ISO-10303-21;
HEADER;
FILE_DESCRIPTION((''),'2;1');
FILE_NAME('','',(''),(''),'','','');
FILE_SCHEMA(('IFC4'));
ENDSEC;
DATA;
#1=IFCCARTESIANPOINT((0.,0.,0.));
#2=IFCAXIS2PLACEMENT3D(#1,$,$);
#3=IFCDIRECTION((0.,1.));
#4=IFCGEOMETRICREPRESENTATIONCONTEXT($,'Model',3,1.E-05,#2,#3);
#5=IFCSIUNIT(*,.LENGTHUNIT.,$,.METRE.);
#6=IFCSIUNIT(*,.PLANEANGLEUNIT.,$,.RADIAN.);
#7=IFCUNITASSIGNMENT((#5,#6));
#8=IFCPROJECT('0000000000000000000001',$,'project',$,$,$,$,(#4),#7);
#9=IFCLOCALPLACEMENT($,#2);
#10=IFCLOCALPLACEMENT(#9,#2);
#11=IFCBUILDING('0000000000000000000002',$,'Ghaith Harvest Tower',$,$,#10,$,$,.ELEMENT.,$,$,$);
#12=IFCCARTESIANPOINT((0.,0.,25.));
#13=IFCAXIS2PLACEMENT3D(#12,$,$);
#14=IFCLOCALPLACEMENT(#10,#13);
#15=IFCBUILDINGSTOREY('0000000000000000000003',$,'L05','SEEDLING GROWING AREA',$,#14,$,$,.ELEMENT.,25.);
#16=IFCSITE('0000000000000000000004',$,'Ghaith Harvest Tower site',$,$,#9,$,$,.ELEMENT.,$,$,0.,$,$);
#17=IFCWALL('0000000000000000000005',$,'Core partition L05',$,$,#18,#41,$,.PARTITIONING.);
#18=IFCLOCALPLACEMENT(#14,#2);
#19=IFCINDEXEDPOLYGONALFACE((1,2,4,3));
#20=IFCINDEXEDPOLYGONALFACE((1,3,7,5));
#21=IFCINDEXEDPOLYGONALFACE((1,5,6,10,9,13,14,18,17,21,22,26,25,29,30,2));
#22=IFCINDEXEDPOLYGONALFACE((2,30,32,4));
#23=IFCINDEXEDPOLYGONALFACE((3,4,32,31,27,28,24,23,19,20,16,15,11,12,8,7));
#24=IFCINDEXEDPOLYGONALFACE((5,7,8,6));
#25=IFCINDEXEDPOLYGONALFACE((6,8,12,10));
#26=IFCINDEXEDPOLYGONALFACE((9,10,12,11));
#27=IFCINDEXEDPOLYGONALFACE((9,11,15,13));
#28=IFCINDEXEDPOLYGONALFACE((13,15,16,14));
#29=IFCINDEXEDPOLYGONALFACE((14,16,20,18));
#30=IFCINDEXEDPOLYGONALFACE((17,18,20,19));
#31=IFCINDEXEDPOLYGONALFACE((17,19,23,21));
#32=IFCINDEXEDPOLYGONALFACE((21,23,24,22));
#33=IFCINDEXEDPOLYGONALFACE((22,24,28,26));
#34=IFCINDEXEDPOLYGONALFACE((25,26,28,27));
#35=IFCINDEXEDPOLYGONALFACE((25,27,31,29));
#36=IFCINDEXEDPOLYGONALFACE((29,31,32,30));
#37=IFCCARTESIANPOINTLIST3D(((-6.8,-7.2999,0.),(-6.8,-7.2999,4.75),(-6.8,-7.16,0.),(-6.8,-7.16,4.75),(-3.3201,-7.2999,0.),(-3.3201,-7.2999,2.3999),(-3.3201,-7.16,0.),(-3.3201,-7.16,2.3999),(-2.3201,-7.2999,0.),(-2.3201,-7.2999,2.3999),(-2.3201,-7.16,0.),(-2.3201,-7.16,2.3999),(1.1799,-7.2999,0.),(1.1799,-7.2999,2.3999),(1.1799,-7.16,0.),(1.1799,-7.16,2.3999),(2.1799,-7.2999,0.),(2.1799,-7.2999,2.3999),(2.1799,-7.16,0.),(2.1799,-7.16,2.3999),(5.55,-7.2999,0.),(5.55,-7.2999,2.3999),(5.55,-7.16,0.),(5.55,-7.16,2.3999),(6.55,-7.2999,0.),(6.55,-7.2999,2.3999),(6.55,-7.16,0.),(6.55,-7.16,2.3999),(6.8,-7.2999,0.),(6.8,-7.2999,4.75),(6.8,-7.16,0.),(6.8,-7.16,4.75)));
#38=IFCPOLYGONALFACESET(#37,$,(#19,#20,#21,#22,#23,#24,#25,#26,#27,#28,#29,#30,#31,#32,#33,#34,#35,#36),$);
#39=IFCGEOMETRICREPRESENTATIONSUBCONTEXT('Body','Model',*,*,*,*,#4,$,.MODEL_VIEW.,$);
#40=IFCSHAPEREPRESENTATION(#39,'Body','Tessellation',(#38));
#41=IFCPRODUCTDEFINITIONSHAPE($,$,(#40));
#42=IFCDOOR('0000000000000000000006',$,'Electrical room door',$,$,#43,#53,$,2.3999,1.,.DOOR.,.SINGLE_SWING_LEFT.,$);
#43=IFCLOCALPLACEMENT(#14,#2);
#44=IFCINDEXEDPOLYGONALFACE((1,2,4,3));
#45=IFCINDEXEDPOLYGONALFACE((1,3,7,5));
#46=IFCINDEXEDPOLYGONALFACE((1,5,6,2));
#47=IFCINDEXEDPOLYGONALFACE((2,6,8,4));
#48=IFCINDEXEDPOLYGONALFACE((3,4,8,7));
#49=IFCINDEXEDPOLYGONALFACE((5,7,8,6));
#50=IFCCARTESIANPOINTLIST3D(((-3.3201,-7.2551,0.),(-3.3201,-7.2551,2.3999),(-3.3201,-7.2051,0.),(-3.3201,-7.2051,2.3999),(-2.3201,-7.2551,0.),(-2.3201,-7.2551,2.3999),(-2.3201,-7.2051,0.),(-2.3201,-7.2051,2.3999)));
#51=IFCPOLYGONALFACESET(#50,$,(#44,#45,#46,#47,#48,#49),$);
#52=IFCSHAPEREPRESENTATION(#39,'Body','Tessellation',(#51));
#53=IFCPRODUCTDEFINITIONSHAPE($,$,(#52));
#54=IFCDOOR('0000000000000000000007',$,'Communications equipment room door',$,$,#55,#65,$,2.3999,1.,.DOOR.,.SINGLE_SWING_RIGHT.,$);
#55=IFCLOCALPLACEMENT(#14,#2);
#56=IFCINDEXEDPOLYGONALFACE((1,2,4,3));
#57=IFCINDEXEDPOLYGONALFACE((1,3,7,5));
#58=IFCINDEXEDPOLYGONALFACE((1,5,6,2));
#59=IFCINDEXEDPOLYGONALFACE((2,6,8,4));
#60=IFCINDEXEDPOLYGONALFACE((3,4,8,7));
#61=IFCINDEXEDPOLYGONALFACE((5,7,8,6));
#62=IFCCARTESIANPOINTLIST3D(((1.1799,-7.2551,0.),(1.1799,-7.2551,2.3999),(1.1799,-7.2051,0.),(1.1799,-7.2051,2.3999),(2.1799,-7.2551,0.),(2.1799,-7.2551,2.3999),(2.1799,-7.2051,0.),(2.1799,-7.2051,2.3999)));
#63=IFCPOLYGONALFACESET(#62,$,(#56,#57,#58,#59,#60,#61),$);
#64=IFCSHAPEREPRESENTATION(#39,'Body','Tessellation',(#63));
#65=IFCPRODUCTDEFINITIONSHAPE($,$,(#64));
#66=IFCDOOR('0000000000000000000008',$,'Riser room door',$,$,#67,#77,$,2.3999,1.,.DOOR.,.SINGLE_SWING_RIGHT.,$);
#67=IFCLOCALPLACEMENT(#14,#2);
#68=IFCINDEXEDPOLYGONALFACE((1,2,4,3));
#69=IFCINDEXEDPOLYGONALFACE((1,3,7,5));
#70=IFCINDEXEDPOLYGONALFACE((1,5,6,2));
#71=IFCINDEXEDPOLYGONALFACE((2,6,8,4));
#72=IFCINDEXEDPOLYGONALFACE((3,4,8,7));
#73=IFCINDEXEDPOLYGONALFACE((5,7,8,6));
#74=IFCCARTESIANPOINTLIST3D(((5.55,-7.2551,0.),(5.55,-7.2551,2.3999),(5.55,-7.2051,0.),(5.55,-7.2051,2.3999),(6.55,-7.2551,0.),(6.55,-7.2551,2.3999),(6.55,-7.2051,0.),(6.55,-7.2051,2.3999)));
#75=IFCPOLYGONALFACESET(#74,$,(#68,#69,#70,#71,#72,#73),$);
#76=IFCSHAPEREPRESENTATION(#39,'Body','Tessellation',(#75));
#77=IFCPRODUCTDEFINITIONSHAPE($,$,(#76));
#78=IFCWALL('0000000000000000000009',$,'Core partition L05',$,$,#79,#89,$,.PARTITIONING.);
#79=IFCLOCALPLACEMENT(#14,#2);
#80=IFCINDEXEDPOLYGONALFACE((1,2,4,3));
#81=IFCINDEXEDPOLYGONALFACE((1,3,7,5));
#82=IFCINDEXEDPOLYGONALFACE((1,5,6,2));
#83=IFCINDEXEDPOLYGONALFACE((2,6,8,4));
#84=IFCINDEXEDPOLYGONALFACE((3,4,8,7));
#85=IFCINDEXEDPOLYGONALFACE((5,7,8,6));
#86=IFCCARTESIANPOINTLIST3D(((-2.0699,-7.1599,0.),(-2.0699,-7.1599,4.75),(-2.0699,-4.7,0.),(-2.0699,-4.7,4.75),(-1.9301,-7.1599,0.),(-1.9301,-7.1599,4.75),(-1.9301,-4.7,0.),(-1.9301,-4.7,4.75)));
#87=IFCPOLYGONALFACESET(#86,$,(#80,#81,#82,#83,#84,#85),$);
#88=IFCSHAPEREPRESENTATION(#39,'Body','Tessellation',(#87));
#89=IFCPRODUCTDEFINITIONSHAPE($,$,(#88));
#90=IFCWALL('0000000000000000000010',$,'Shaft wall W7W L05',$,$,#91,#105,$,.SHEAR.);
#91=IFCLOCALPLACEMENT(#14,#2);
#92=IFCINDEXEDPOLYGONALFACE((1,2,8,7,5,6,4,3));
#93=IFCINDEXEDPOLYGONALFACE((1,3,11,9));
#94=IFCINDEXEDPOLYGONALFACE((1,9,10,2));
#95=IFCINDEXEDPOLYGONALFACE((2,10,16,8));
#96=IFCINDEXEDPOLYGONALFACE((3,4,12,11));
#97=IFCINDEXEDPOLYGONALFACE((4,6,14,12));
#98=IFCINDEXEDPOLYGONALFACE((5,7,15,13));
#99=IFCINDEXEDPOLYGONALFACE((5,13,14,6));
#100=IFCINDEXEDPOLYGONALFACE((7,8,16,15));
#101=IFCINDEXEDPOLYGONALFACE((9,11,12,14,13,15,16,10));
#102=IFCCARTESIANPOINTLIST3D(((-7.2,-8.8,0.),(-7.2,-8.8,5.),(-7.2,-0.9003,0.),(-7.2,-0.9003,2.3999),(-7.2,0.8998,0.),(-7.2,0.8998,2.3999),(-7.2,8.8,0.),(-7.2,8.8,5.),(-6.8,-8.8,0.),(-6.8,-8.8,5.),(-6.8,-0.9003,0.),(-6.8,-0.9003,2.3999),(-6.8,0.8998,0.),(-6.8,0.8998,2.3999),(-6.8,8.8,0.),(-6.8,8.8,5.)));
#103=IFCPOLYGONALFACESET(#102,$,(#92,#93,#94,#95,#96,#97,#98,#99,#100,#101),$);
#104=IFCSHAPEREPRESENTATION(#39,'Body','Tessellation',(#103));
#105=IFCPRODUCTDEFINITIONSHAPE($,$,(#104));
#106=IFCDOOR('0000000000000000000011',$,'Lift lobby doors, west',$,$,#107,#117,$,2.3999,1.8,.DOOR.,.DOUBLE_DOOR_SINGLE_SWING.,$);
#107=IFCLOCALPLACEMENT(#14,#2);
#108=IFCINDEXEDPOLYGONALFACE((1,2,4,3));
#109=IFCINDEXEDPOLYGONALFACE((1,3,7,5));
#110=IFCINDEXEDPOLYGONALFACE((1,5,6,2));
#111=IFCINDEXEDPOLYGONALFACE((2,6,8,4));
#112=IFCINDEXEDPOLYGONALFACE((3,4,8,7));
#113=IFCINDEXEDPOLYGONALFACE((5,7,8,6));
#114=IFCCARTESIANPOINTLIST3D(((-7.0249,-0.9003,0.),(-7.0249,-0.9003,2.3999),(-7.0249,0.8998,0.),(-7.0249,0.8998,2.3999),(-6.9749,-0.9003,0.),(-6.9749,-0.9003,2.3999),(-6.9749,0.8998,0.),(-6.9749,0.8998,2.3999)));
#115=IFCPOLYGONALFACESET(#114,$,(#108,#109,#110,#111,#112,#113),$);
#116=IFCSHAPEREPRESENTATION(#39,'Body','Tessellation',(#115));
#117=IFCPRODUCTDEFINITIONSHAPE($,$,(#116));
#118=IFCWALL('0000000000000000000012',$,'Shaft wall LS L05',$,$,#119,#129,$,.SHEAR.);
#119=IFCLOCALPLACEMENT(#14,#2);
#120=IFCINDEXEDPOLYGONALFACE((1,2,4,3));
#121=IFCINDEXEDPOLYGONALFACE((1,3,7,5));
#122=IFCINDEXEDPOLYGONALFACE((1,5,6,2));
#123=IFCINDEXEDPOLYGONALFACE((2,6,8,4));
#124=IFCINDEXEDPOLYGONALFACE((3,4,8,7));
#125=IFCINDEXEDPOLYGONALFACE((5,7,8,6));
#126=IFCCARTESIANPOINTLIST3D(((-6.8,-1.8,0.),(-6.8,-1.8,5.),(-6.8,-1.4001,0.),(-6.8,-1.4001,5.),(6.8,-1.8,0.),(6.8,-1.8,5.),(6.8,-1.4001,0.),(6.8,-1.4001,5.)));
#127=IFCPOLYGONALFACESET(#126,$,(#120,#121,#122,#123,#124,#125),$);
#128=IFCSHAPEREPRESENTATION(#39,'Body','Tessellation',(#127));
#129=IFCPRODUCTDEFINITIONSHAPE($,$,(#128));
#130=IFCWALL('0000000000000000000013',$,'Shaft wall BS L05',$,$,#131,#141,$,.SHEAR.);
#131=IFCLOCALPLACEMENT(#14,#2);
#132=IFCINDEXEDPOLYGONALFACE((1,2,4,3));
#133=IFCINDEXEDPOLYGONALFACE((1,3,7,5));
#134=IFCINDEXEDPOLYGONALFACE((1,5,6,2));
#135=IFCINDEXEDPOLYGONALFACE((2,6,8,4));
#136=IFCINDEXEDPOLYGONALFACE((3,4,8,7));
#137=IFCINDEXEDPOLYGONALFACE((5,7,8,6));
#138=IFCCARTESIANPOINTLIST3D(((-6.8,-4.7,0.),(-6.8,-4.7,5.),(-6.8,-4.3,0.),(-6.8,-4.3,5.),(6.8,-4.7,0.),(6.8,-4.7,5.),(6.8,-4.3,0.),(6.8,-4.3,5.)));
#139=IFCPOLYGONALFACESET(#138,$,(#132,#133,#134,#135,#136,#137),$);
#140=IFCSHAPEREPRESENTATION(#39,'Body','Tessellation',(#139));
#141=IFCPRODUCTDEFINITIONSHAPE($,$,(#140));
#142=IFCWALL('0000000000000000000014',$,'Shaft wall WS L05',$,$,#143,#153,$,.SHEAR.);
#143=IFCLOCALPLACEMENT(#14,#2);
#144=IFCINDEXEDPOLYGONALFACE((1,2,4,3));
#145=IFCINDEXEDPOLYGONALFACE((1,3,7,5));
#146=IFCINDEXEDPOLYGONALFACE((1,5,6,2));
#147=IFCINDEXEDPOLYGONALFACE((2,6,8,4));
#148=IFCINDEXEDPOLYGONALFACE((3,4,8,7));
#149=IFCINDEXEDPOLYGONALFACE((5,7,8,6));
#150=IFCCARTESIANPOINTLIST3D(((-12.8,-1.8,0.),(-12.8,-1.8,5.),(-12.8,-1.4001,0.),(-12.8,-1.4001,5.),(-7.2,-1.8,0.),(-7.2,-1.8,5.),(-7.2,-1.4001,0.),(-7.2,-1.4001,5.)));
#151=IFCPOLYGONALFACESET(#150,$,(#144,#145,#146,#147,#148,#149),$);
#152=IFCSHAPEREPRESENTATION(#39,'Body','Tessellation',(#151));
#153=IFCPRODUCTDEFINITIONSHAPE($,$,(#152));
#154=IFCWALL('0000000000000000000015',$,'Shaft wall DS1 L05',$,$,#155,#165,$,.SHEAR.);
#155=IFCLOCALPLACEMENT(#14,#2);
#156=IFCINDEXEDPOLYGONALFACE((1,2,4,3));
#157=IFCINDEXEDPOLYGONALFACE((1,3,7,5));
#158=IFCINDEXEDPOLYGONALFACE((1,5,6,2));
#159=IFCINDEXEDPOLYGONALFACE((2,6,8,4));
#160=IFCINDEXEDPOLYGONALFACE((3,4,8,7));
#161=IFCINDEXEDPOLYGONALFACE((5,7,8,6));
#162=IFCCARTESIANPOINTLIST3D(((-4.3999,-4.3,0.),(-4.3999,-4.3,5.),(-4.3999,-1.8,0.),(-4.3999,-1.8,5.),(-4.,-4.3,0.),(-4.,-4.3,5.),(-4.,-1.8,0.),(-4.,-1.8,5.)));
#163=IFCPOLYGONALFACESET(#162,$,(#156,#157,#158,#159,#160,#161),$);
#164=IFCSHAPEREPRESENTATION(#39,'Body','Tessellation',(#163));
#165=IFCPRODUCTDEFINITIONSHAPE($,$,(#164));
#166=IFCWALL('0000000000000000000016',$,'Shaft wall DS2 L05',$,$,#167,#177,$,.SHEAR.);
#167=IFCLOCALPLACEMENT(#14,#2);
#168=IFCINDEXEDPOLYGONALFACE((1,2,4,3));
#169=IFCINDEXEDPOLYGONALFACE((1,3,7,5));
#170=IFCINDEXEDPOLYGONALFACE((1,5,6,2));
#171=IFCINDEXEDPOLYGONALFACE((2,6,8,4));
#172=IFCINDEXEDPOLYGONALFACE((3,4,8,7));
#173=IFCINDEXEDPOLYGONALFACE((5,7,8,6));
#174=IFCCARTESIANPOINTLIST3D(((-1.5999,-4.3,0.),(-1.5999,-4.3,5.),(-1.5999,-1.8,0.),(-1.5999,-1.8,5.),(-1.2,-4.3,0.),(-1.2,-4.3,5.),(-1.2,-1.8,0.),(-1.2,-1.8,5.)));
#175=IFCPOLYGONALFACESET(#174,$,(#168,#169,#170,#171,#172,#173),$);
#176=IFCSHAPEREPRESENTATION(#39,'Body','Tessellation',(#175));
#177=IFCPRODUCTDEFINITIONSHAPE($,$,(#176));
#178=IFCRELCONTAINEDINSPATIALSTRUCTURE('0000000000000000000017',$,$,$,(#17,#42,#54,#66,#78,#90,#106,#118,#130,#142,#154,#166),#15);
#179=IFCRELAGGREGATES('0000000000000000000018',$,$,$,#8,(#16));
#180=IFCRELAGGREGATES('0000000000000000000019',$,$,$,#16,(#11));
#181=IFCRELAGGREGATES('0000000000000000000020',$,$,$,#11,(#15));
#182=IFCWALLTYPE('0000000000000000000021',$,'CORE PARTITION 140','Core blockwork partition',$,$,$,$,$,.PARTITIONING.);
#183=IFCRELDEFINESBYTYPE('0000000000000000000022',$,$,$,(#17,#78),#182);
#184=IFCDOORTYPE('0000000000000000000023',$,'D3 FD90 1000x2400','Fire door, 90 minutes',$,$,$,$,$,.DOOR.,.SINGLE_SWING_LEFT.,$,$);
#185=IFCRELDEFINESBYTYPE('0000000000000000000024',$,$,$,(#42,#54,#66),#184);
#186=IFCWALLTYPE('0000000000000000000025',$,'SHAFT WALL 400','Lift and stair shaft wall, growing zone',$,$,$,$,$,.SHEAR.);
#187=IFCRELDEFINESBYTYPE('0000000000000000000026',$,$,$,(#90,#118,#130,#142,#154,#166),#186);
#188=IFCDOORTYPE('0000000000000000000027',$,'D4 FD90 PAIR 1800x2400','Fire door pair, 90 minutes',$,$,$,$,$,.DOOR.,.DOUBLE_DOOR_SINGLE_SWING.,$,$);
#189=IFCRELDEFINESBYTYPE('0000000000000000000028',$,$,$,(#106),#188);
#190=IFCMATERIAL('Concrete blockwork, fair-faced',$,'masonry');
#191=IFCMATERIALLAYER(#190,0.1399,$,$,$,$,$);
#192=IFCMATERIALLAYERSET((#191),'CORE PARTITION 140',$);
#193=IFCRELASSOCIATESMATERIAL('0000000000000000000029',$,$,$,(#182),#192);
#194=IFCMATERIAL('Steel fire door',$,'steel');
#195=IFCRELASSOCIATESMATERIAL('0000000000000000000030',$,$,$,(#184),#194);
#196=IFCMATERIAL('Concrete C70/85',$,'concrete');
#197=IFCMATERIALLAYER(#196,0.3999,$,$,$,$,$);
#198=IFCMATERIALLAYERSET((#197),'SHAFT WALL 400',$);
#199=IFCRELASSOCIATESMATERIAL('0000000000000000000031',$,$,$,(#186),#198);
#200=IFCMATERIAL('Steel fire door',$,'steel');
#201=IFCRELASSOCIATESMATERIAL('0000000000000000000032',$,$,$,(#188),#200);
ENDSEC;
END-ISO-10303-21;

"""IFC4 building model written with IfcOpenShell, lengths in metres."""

from ifc_helpers import new_model, si_unit, direction, frame, frame_2d, origin, place, context, subcontext, project, spatial, rectangle, extrude, material, layer, layer_set, type_object, element, fill, save


model = new_model("IFC4")

# Units and contexts
model_context = context("Model", 3, precision=1e-05, world=origin(), true_north=direction((0.0, 1.0)))
body_context = subcontext(model_context, "Body", "Model", "MODEL_VIEW")
ifc_project = project(units=[si_unit("LENGTHUNIT", "METRE"), si_unit("PLANEANGLEUNIT", "RADIAN")], contexts=[model_context])

# Site, building, storey
site_placement = place(None, origin())
site = spatial("IfcSite", under=ifc_project, at=site_placement, Name="Ghaith Harvest Tower site", CompositionType="ELEMENT", RefElevation=0.0)
building_placement = place(site_placement, origin())
building = spatial("IfcBuilding", under=site, at=building_placement, Name="Ghaith Harvest Tower", CompositionType="ELEMENT")
storey_placement = place(building_placement, frame((0.0, 0.0, 25.0)))
storey = spatial("IfcBuildingStorey", under=building, at=storey_placement, Name="L05", Description="SEEDLING GROWING AREA", CompositionType="ELEMENT", Elevation=25.0)

# Wall, openings, doors
ifc_material_1 = material(Name="Concrete blockwork, fair-faced", Category="masonry")
ifc_layer_1 = layer(ifc_material_1, 0.1399)
ifc_layer_set_1 = layer_set([ifc_layer_1], Name="CORE PARTITION 140")
wall_type_1 = type_object("IfcWallType", Name="CORE PARTITION 140", Description="Core blockwork partition", PredefinedType="PARTITIONING", material=ifc_layer_set_1)
wall_1_placement = place(storey_placement, frame((-6.8, -7.23, 0.0), z_axis=(0.0, 0.0, 1.0), x_axis=(1.0, 0.0, 0.0)))
wall_1 = element("IfcWall", 1, at=wall_1_placement, inside=storey, type_object=wall_type_1, Name="Core partition L05", PredefinedType="PARTITIONING", context=body_context, shape_type="SweptSolid", body=[
    extrude(rectangle(XDim=13.6001, YDim=0.1399, at=frame_2d((6.8, 0.0))), origin(), (0.0, 0.0, 1.0), 4.75),
])
opening_1_placement = place(wall_1_placement, frame((3.48, 0.0, 0.0)))
opening_1 = element("IfcOpeningElement", 2, at=opening_1_placement, cuts=wall_1, PredefinedType="OPENING", context=body_context, shape_type="SweptSolid", body=[
    extrude(rectangle(XDim=1.0, YDim=2.3999, at=frame_2d((0.5, 1.2))), frame((0.0, 0.0801, 0.0), z_axis=(0.0, -1.0, 0.0), x_axis=(1.0, 0.0, 0.0)), (0.0, 0.0, 1.0), 0.1599),
])
opening_2_placement = place(wall_1_placement, frame((7.98, 0.0, 0.0)))
opening_2 = element("IfcOpeningElement", 3, at=opening_2_placement, cuts=wall_1, PredefinedType="OPENING", context=body_context, shape_type="SweptSolid", body=[
    extrude(rectangle(XDim=1.0, YDim=2.3999, at=frame_2d((0.5, 1.2))), frame((0.0, 0.0801, 0.0), z_axis=(0.0, -1.0, 0.0), x_axis=(1.0, 0.0, 0.0)), (0.0, 0.0, 1.0), 0.1599),
])
opening_3_placement = place(wall_1_placement, frame((12.3501, 0.0, 0.0)))
opening_3 = element("IfcOpeningElement", 4, at=opening_3_placement, cuts=wall_1, PredefinedType="OPENING", context=body_context, shape_type="SweptSolid", body=[
    extrude(rectangle(XDim=1.0, YDim=2.3999, at=frame_2d((0.5, 1.2))), frame((0.0, 0.0801, 0.0), z_axis=(0.0, -1.0, 0.0), x_axis=(1.0, 0.0, 0.0)), (0.0, 0.0, 1.0), 0.1599),
])
ifc_material_2 = material(Name="Steel fire door", Category="steel")
door_type_1 = type_object("IfcDoorType", Name="D3 FD90 1000x2400", Description="Fire door, 90 minutes", OperationType="SINGLE_SWING_LEFT", PredefinedType="DOOR", material=ifc_material_2)
door_1_placement = place(opening_1_placement, origin())
door_1 = element("IfcDoor", 5, at=door_1_placement, inside=storey, type_object=door_type_1, Name="Electrical room door", OperationType="SINGLE_SWING_LEFT", OverallHeight=2.3999, OverallWidth=1.0, PredefinedType="DOOR", context=body_context, shape_type="SweptSolid", body=[
    extrude(rectangle(XDim=1.0, YDim=2.3999, at=frame_2d((0.5, 1.2))), frame((0.0, 0.0249, 0.0), z_axis=(0.0, -1.0, 0.0), x_axis=(1.0, 0.0, 0.0)), (0.0, 0.0, 1.0), 0.05),
])
fill(opening_1, door_1)
door_2_placement = place(opening_2_placement, origin())
door_2 = element("IfcDoor", 6, at=door_2_placement, inside=storey, type_object=door_type_1, Name="Communications equipment room door", OperationType="SINGLE_SWING_RIGHT", OverallHeight=2.3999, OverallWidth=1.0, PredefinedType="DOOR", context=body_context, shape_type="SweptSolid", body=[
    extrude(rectangle(XDim=1.0, YDim=2.3999, at=frame_2d((0.5, 1.2))), frame((0.0, 0.0249, 0.0), z_axis=(0.0, -1.0, 0.0), x_axis=(1.0, 0.0, 0.0)), (0.0, 0.0, 1.0), 0.05),
])
fill(opening_2, door_2)
door_3_placement = place(opening_3_placement, origin())
door_3 = element("IfcDoor", 7, at=door_3_placement, inside=storey, type_object=door_type_1, Name="Riser room door", OperationType="SINGLE_SWING_RIGHT", OverallHeight=2.3999, OverallWidth=1.0, PredefinedType="DOOR", context=body_context, shape_type="SweptSolid", body=[
    extrude(rectangle(XDim=1.0, YDim=2.3999, at=frame_2d((0.5, 1.2))), frame((0.0, 0.0249, 0.0), z_axis=(0.0, -1.0, 0.0), x_axis=(1.0, 0.0, 0.0)), (0.0, 0.0, 1.0), 0.05),
])
fill(opening_3, door_3)

# Wall
wall_2_placement = place(storey_placement, frame((-2.0, -4.7, 0.0), z_axis=(0.0, 0.0, 1.0), x_axis=(0.0, -1.0, 0.0)))
element("IfcWall", 8, at=wall_2_placement, inside=storey, type_object=wall_type_1, Name="Core partition L05", PredefinedType="PARTITIONING", context=body_context, shape_type="SweptSolid", body=[
    extrude(rectangle(XDim=2.46, YDim=0.1399, at=frame_2d((1.23, 0.0))), origin(), (0.0, 0.0, 1.0), 4.75),
])

# Wall, opening, door
ifc_material_3 = material(Name="Concrete C70/85", Category="concrete")
ifc_layer_2 = layer(ifc_material_3, 0.3999)
ifc_layer_set_2 = layer_set([ifc_layer_2], Name="SHAFT WALL 400")
wall_type_2 = type_object("IfcWallType", Name="SHAFT WALL 400", Description="Lift and stair shaft wall, growing zone", PredefinedType="SHEAR", material=ifc_layer_set_2)
wall_3_placement = place(storey_placement, frame((-7.0, -8.8, 0.0), z_axis=(0.0, 0.0, 1.0), x_axis=(0.0, 1.0, 0.0)))
wall_3 = element("IfcWall", 9, at=wall_3_placement, inside=storey, type_object=wall_type_2, Name="Shaft wall W7W L05", PredefinedType="SHEAR", context=body_context, shape_type="SweptSolid", body=[
    extrude(rectangle(XDim=17.6001, YDim=0.3999, at=frame_2d((8.8, 0.0))), origin(), (0.0, 0.0, 1.0), 5.0),
])
opening_4_placement = place(wall_3_placement, frame((7.8999, 0.0, 0.0)))
opening_4 = element("IfcOpeningElement", 10, at=opening_4_placement, cuts=wall_3, PredefinedType="OPENING", context=body_context, shape_type="SweptSolid", body=[
    extrude(rectangle(XDim=1.8, YDim=2.3999, at=frame_2d((0.8999, 1.2))), frame((0.0, 0.21, 0.0), z_axis=(0.0, -1.0, 0.0), x_axis=(1.0, 0.0, 0.0)), (0.0, 0.0, 1.0), 0.4199),
])
ifc_material_4 = material(Name="Steel fire door", Category="steel")
door_type_2 = type_object("IfcDoorType", Name="D4 FD90 PAIR 1800x2400", Description="Fire door pair, 90 minutes", OperationType="DOUBLE_DOOR_SINGLE_SWING", PredefinedType="DOOR", material=ifc_material_4)
door_4_placement = place(opening_4_placement, origin())
door_4 = element("IfcDoor", 11, at=door_4_placement, inside=storey, type_object=door_type_2, Name="Lift lobby doors, west", OperationType="DOUBLE_DOOR_SINGLE_SWING", OverallHeight=2.3999, OverallWidth=1.8, PredefinedType="DOOR", context=body_context, shape_type="SweptSolid", body=[
    extrude(rectangle(XDim=1.8, YDim=2.3999, at=frame_2d((0.8999, 1.2))), frame((0.0, 0.0249, 0.0), z_axis=(0.0, -1.0, 0.0), x_axis=(1.0, 0.0, 0.0)), (0.0, 0.0, 1.0), 0.05),
])
fill(opening_4, door_4)

# Walls
for number, where, z_axis, x_axis, name in (
    (12, (-6.8, -1.6001, 0.0), (0.0, 0.0, 1.0), (1.0, 0.0, 0.0), "Shaft wall LS L05"),
    (13, (-6.8, -4.5, 0.0), (0.0, 0.0, 1.0), (1.0, 0.0, 0.0), "Shaft wall BS L05"),
):
    element("IfcWall", number, at=place(storey_placement, frame(where, z_axis=z_axis, x_axis=x_axis)), inside=storey, type_object=wall_type_2, Name=name, PredefinedType="SHEAR", context=body_context, shape_type="SweptSolid", body=[
        extrude(rectangle(XDim=13.6001, YDim=0.3999, at=frame_2d((6.8, 0.0))), origin(), (0.0, 0.0, 1.0), 5.0),
    ])
wall_4_placement = place(storey_placement, frame((-12.8, -1.6001, 0.0), z_axis=(0.0, 0.0, 1.0), x_axis=(1.0, 0.0, 0.0)))
element("IfcWall", 14, at=wall_4_placement, inside=storey, type_object=wall_type_2, Name="Shaft wall WS L05", PredefinedType="SHEAR", context=body_context, shape_type="SweptSolid", body=[
    extrude(rectangle(XDim=5.6001, YDim=0.3999, at=frame_2d((2.8, 0.0))), origin(), (0.0, 0.0, 1.0), 5.0),
])
for number, where, z_axis, x_axis, name in (
    (15, (-4.2, -4.3, 0.0), (0.0, 0.0, 1.0), (0.0, 1.0, 0.0), "Shaft wall DS1 L05"),
    (16, (-1.3999, -4.3, 0.0), (0.0, 0.0, 1.0), (0.0, 1.0, 0.0), "Shaft wall DS2 L05"),
):
    element("IfcWall", number, at=place(storey_placement, frame(where, z_axis=z_axis, x_axis=x_axis)), inside=storey, type_object=wall_type_2, Name=name, PredefinedType="SHEAR", context=body_context, shape_type="SweptSolid", body=[
        extrude(rectangle(XDim=2.5, YDim=0.3999, at=frame_2d((1.25, 0.0))), origin(), (0.0, 0.0, 1.0), 5.0),
    ])

save(model, "model.ifc")
